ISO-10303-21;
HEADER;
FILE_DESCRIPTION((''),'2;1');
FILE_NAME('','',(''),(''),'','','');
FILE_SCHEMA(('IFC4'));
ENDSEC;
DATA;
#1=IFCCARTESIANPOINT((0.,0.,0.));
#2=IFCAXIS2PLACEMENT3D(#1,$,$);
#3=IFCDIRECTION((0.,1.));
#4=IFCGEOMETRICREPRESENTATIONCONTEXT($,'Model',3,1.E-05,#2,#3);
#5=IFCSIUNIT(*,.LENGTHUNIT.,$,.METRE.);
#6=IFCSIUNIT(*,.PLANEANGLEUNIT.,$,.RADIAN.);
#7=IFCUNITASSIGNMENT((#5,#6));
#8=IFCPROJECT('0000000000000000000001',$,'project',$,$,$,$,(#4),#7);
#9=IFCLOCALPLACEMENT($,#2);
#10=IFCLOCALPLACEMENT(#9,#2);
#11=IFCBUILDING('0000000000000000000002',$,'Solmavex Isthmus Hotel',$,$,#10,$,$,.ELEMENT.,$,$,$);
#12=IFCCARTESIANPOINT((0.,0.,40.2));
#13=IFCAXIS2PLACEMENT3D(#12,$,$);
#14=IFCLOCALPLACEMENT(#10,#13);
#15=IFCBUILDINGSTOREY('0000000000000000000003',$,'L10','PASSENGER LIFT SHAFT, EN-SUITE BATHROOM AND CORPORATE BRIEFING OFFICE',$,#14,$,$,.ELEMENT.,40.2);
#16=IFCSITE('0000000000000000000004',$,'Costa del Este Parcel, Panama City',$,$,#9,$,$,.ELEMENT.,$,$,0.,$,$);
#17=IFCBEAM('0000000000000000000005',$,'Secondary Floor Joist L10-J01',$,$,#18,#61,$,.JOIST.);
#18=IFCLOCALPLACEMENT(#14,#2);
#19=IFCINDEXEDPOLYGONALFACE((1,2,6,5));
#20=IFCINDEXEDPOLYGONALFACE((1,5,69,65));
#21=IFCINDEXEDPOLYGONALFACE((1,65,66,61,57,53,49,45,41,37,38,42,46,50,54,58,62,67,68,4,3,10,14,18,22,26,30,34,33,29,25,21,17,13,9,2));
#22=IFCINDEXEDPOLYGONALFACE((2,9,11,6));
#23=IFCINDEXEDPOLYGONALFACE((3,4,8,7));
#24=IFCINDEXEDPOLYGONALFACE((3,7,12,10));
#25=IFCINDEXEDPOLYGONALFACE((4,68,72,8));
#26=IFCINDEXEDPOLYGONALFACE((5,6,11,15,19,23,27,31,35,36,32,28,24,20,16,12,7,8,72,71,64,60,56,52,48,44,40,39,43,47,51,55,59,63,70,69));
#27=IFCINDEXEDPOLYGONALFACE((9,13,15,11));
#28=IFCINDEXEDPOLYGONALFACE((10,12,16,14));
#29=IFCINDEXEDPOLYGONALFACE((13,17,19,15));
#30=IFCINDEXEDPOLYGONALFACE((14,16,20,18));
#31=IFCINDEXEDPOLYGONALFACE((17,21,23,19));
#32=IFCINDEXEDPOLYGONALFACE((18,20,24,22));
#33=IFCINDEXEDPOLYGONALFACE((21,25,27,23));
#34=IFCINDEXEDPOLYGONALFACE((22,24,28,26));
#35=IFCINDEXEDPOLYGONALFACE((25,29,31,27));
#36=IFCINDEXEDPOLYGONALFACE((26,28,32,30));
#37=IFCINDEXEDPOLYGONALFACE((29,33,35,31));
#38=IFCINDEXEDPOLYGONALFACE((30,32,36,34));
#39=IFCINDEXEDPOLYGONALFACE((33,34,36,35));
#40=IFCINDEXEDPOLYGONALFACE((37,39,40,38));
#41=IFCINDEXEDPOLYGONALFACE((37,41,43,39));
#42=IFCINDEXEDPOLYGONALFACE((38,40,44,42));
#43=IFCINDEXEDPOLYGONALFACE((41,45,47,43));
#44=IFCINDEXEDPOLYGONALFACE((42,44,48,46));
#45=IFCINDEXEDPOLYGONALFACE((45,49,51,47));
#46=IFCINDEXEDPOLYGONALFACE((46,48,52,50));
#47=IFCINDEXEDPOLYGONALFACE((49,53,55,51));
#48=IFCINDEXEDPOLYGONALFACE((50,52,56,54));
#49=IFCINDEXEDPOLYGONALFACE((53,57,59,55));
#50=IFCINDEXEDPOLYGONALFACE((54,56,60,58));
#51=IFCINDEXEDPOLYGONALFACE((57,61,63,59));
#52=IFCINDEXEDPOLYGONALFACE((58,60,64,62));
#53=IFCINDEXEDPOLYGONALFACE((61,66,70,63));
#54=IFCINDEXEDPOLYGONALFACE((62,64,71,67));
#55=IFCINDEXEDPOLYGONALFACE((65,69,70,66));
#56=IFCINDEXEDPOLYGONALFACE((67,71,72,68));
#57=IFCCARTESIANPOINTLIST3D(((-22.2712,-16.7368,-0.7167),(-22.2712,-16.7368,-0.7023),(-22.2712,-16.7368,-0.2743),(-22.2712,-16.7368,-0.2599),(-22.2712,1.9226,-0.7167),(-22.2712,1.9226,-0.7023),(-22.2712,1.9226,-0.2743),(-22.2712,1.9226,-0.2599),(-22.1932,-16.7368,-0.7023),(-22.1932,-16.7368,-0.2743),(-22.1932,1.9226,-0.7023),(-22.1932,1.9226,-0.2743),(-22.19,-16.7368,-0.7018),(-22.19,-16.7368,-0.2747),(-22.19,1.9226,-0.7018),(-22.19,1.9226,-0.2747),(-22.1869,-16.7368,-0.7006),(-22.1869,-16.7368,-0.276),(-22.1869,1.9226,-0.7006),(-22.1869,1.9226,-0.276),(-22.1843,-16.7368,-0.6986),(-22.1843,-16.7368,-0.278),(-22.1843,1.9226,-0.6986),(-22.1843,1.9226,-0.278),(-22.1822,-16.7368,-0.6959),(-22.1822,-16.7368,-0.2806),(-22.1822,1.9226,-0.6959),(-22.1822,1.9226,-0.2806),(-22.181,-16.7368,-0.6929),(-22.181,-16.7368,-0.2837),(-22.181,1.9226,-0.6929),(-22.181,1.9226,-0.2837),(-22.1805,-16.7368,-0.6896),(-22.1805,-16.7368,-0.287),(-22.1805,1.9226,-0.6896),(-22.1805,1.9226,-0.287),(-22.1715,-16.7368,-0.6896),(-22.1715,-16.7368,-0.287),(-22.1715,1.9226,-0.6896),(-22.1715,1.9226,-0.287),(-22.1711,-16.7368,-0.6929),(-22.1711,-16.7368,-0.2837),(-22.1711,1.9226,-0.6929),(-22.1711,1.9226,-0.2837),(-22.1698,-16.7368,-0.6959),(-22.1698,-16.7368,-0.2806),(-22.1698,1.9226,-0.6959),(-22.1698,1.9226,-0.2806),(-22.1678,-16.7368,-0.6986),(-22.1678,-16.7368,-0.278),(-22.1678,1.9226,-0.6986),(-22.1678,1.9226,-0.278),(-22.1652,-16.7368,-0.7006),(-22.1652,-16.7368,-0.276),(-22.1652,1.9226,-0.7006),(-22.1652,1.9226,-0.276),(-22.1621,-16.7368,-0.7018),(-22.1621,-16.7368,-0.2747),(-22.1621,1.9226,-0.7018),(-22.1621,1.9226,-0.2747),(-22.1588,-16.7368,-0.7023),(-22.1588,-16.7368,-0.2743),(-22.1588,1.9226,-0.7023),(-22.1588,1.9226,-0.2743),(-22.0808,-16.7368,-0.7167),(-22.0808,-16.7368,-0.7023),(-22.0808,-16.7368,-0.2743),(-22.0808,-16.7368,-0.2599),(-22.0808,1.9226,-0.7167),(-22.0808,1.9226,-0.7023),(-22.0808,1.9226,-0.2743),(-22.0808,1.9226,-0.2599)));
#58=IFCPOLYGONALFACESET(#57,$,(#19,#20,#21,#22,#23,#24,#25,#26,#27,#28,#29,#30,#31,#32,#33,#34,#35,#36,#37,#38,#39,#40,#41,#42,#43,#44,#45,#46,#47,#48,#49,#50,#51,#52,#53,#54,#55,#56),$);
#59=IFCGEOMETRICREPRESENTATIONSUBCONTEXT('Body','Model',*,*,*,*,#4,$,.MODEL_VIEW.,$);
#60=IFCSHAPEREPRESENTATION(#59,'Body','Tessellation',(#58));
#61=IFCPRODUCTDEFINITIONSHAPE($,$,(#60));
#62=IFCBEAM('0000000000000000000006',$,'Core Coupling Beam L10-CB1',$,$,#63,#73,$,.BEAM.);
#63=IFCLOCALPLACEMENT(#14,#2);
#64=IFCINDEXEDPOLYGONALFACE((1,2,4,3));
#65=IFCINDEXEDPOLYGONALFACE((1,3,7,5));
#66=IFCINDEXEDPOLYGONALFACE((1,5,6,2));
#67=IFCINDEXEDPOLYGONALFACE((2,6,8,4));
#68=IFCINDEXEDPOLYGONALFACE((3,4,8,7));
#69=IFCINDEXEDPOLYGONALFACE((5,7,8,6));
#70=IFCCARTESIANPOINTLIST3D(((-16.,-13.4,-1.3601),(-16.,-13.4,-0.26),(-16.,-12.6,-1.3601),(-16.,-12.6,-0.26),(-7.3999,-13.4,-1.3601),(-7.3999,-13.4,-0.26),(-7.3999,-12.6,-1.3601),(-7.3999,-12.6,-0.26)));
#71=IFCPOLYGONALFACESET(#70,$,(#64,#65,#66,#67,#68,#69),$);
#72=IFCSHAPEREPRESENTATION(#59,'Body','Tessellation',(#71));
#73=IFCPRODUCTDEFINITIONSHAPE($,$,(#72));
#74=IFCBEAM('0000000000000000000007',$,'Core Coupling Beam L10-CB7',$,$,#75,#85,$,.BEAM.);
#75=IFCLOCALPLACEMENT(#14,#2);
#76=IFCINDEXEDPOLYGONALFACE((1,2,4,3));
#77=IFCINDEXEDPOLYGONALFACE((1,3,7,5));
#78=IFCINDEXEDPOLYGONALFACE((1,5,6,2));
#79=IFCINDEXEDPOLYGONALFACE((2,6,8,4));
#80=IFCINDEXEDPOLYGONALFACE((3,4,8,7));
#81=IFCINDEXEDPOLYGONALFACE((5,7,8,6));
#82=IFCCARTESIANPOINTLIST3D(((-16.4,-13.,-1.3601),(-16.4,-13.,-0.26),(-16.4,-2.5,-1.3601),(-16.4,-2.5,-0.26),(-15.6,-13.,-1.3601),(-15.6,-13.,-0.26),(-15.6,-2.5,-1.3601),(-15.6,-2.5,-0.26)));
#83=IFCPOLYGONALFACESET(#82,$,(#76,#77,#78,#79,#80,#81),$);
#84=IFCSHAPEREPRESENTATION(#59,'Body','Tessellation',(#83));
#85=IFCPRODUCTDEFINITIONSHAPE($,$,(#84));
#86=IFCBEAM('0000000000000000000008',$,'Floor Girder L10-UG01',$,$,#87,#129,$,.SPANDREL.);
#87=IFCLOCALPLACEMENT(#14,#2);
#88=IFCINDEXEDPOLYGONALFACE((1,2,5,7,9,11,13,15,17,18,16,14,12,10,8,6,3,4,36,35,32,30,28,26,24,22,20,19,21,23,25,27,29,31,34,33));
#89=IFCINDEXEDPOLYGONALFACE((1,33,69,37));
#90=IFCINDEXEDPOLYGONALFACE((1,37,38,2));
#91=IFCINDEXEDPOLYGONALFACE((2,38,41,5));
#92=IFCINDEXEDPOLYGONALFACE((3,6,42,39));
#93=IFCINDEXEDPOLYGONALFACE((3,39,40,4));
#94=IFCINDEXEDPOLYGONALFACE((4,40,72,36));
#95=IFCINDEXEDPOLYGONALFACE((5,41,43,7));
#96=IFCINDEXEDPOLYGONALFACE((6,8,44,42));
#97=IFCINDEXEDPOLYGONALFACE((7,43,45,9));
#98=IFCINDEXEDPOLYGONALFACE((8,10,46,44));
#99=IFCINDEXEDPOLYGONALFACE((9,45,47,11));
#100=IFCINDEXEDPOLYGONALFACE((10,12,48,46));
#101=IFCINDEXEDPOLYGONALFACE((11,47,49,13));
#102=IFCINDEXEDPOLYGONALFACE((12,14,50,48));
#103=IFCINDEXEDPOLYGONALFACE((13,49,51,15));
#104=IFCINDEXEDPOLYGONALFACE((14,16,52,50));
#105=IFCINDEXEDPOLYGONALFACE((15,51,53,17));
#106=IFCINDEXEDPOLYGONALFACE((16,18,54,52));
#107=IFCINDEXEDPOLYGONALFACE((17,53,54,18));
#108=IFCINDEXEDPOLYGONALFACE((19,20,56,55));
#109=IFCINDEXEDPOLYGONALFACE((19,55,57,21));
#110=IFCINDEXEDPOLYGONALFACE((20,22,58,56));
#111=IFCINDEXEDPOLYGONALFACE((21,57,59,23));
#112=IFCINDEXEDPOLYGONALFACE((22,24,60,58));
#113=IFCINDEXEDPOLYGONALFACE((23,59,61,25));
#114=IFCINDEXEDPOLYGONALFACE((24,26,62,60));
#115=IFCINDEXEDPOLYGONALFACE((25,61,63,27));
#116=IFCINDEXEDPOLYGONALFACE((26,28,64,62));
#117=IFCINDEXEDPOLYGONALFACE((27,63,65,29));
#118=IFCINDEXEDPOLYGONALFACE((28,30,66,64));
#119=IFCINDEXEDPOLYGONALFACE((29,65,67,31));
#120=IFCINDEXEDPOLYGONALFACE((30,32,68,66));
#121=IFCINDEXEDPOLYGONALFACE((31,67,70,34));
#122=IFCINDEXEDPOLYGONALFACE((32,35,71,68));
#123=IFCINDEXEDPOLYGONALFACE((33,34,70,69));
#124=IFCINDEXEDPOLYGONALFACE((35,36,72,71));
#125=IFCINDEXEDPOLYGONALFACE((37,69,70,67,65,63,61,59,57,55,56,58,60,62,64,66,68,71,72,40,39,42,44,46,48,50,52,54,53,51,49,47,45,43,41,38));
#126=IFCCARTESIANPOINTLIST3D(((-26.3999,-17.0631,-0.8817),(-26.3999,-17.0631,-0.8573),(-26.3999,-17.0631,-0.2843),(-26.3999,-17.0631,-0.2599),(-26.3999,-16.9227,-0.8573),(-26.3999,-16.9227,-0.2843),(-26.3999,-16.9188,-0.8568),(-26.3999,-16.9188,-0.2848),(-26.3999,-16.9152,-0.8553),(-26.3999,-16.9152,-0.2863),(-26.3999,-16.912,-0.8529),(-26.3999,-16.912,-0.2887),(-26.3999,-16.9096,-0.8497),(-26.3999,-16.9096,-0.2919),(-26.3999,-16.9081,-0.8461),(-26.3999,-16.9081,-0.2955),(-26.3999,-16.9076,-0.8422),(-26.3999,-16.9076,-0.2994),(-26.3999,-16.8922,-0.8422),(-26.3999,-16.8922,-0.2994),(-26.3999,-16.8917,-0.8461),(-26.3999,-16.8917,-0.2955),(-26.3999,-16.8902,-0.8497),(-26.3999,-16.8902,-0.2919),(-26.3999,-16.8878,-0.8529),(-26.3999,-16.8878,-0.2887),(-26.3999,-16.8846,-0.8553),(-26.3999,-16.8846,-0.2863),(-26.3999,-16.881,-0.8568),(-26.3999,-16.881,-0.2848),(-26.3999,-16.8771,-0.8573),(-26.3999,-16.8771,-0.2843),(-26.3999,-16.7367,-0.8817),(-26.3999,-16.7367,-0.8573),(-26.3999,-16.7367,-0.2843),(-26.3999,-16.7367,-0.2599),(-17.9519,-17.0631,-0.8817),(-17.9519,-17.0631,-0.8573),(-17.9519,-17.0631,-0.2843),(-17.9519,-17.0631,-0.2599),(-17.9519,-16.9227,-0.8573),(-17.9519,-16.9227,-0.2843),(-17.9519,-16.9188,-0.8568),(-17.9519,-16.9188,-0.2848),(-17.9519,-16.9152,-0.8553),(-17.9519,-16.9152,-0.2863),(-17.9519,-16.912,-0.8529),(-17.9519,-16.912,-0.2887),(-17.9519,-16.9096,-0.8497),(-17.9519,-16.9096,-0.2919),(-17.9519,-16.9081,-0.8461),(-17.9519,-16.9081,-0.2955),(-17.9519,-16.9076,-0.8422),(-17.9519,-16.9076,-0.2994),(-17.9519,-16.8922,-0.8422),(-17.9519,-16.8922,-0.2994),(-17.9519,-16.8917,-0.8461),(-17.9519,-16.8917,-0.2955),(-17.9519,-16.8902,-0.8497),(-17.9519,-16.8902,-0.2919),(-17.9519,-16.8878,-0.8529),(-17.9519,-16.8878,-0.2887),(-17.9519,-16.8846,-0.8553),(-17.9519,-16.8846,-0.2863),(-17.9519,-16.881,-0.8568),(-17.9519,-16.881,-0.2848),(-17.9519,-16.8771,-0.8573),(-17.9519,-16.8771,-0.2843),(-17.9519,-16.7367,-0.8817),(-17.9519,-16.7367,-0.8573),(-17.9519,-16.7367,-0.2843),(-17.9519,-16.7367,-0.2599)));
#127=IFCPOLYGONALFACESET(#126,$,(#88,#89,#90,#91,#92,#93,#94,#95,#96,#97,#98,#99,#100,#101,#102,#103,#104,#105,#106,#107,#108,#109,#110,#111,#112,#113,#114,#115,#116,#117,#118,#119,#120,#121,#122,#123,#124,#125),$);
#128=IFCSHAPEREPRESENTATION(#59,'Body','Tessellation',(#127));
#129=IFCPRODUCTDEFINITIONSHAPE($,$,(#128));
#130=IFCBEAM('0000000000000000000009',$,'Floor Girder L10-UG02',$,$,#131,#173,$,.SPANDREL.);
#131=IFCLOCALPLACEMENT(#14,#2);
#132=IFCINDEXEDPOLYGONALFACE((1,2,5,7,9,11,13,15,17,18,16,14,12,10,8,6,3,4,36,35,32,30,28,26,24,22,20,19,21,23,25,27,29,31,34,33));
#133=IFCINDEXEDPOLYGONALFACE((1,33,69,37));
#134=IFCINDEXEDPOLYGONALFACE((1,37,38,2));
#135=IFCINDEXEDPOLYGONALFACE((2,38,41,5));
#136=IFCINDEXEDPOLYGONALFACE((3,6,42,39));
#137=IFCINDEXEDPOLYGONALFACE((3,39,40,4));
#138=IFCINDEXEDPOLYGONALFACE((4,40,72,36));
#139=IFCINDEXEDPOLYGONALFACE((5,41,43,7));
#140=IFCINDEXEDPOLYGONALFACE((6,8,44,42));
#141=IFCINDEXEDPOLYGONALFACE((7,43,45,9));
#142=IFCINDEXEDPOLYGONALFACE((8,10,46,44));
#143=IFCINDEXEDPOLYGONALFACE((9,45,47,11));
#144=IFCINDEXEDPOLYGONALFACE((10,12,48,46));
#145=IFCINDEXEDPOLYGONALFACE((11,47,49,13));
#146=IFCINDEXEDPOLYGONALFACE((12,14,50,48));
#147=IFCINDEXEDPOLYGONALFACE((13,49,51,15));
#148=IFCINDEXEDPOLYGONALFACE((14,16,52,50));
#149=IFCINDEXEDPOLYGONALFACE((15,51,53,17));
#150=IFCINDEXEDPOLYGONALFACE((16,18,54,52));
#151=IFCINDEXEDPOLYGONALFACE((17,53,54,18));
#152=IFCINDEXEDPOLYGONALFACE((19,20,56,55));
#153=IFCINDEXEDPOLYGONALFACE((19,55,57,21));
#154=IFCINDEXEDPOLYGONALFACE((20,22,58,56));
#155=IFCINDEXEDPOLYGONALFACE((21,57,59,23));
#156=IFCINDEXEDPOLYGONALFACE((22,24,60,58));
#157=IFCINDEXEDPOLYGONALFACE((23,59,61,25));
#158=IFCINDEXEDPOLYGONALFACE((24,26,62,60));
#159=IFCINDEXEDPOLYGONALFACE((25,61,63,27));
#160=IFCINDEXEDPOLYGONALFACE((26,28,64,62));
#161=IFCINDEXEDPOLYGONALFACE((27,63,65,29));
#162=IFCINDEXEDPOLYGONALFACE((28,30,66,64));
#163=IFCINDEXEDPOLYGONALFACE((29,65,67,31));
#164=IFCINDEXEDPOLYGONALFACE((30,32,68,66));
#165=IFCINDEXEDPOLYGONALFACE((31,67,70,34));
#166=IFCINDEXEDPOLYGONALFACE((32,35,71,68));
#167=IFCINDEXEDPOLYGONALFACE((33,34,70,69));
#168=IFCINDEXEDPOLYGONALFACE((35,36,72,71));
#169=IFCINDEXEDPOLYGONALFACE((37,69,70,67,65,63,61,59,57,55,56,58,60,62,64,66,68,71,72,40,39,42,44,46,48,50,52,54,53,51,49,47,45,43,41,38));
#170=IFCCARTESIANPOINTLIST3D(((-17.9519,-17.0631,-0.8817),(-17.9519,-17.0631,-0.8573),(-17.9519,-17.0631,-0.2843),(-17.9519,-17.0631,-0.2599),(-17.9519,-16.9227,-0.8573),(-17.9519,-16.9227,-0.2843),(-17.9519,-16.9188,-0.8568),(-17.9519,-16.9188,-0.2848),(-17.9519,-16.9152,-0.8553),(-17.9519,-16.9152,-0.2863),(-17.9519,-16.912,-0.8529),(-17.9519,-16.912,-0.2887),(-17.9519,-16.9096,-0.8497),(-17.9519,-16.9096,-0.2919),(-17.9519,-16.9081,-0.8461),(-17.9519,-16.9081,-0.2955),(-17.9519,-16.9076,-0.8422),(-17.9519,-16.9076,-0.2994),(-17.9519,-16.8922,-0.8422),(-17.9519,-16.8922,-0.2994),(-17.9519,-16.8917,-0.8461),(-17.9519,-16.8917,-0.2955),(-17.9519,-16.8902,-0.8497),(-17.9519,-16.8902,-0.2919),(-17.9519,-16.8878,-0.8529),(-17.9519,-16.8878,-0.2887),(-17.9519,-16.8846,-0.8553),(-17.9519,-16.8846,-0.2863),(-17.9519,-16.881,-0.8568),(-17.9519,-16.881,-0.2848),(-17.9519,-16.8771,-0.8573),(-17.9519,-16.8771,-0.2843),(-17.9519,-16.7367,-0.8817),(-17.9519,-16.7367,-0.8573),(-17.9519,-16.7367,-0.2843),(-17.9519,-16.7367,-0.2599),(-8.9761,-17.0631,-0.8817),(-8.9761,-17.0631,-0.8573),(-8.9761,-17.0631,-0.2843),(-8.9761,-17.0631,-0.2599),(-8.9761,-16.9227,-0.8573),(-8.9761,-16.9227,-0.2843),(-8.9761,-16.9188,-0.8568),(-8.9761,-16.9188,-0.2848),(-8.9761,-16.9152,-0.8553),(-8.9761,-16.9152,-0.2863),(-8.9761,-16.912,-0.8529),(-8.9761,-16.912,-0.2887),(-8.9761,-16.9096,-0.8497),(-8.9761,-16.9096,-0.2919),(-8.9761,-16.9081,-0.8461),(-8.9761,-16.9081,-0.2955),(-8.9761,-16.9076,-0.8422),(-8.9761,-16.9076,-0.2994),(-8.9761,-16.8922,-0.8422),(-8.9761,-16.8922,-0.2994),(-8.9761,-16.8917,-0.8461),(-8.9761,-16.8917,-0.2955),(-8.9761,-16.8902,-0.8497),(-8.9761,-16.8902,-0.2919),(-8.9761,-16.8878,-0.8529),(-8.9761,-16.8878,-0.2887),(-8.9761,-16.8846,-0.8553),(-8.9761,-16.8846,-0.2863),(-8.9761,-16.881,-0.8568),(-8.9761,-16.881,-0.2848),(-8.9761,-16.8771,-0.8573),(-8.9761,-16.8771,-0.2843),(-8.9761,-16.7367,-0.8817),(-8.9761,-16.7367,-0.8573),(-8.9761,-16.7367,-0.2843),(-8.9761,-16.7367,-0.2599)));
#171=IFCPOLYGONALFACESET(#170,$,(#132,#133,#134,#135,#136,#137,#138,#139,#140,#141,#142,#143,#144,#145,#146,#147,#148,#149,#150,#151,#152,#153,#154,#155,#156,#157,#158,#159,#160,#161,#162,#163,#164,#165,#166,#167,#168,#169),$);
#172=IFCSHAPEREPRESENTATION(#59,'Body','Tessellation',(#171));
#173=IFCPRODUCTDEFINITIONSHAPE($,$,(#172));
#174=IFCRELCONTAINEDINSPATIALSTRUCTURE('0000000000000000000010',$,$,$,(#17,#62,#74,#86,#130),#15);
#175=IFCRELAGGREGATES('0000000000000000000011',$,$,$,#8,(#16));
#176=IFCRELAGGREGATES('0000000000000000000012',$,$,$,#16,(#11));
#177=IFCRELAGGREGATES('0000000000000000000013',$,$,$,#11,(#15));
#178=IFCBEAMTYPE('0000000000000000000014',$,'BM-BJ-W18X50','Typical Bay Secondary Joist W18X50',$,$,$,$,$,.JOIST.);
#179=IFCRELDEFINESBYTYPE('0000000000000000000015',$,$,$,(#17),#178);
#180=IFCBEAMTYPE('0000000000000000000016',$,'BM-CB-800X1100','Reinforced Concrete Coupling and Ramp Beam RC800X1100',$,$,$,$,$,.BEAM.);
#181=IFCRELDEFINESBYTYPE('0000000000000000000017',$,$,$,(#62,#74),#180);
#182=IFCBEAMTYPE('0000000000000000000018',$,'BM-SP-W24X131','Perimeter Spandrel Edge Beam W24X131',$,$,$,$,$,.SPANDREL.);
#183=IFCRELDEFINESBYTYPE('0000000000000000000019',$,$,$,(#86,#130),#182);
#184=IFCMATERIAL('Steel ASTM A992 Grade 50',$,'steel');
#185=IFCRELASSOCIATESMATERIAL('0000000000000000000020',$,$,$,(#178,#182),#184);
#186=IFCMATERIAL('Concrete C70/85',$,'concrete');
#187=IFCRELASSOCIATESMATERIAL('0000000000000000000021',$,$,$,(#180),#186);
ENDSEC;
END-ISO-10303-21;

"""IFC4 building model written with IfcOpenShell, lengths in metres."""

from ifc_helpers import new_model, si_unit, direction, frame, origin, origin_2d, place, context, subcontext, project, spatial, rectangle, i_section, extrude, material, material_profile, profile_set, type_object, element, save


model = new_model("IFC4")

# Units and contexts
model_context = context("Model", 3, precision=1e-05, world=origin(), true_north=direction((0.0, 1.0)))
body_context = subcontext(model_context, "Body", "Model", "MODEL_VIEW")
ifc_project = project(units=[si_unit("LENGTHUNIT", "METRE"), si_unit("PLANEANGLEUNIT", "RADIAN")], contexts=[model_context])

# Site, building, storey
site_placement = place(None, origin())
site = spatial("IfcSite", under=ifc_project, at=site_placement, Name="Costa del Este Parcel, Panama City", CompositionType="ELEMENT", RefElevation=0.0)
building_placement = place(site_placement, origin())
building = spatial("IfcBuilding", under=site, at=building_placement, Name="Solmavex Isthmus Hotel", CompositionType="ELEMENT")
storey_placement = place(building_placement, frame((0.0, 0.0, 40.2)))
storey = spatial("IfcBuildingStorey", under=building, at=storey_placement, Name="L10", Description="PASSENGER LIFT SHAFT, EN-SUITE BATHROOM AND CORPORATE BRIEFING OFFICE", CompositionType="ELEMENT", Elevation=40.2)

# Shared definitions
ifc_material_1 = material(Name="Concrete C70/85", Category="concrete")

# Beams
ifc_material_2 = material(Name="Steel ASTM A992 Grade 50", Category="steel")
ifc_material_profile_1 = material_profile(ifc_material_2, i_section(OverallWidth=0.1904, OverallDepth=0.4568, WebThickness=0.009, FlangeThickness=0.0144, FilletRadius=0.0127, at=origin_2d()), Name="W18X50")
ifc_profile_set_1 = profile_set([ifc_material_profile_1], Name="Steel ASTM A992 Grade 50")
beam_type_1 = type_object("IfcBeamType", Name="BM-BJ-W18X50", Description="Typical Bay Secondary Joist W18X50", PredefinedType="JOIST", material=ifc_profile_set_1)
beam_1_placement = place(storey_placement, frame((-22.176, -16.7368, -0.4883), z_axis=(0.0, 1.0, 0.0), x_axis=(-1.0, 0.0, 0.0)))
element("IfcBeam", 1, at=beam_1_placement, inside=storey, type_object=beam_type_1, Name="Secondary Floor Joist L10-J01", PredefinedType="JOIST", context=body_context, shape_type="SweptSolid", body=[
    extrude(i_section(OverallWidth=0.1904, OverallDepth=0.4568, WebThickness=0.009, FlangeThickness=0.0144, FilletRadius=0.0127, at=origin_2d()), origin(), (0.0, 0.0, 1.0), 18.6594),
])
ifc_material_profile_2 = material_profile(ifc_material_1, rectangle(XDim=0.8, YDim=1.1001, at=origin_2d()), Name="RC800X1100")
ifc_profile_set_2 = profile_set([ifc_material_profile_2], Name="Concrete C70/85")
beam_type_2 = type_object("IfcBeamType", Name="BM-CB-800X1100", Description="Reinforced Concrete Coupling and Ramp Beam RC800X1100", PredefinedType="BEAM", material=ifc_profile_set_2)
beam_2_placement = place(storey_placement, frame((-16.0, -13.0, -0.8101), z_axis=(1.0, 0.0, 0.0), x_axis=(0.0, 1.0, 0.0)))
element("IfcBeam", 2, at=beam_2_placement, inside=storey, type_object=beam_type_2, Name="Core Coupling Beam L10-CB1", PredefinedType="BEAM", context=body_context, shape_type="SweptSolid", body=[
    extrude(rectangle(XDim=0.8, YDim=1.1001, at=origin_2d()), origin(), (0.0, 0.0, 1.0), 8.6001),
])
beam_3_placement = place(storey_placement, frame((-16.0, -13.0, -0.8101), z_axis=(0.0, 1.0, 0.0), x_axis=(-1.0, 0.0, 0.0)))
element("IfcBeam", 3, at=beam_3_placement, inside=storey, type_object=beam_type_2, Name="Core Coupling Beam L10-CB7", PredefinedType="BEAM", context=body_context, shape_type="SweptSolid", body=[
    extrude(rectangle(XDim=0.8, YDim=1.1001, at=origin_2d()), origin(), (0.0, 0.0, 1.0), 10.5),
])
ifc_material_profile_3 = material_profile(ifc_material_2, i_section(OverallWidth=0.3264, OverallDepth=0.6218, WebThickness=0.0154, FlangeThickness=0.0244, FilletRadius=0.0151, at=origin_2d()), Name="W24X131")
ifc_profile_set_3 = profile_set([ifc_material_profile_3], Name="Steel ASTM A992 Grade 50")
beam_type_3 = type_object("IfcBeamType", Name="BM-SP-W24X131", Description="Perimeter Spandrel Edge Beam W24X131", PredefinedType="SPANDREL", material=ifc_profile_set_3)
beam_4_placement = place(storey_placement, frame((-26.3999, -16.8999, -0.5708), z_axis=(1.0, 0.0, 0.0), x_axis=(0.0, 1.0, 0.0)))
element("IfcBeam", 4, at=beam_4_placement, inside=storey, type_object=beam_type_3, Name="Floor Girder L10-UG01", PredefinedType="SPANDREL", context=body_context, shape_type="SweptSolid", body=[
    extrude(i_section(OverallWidth=0.3264, OverallDepth=0.6218, WebThickness=0.0154, FlangeThickness=0.0244, FilletRadius=0.0151, at=origin_2d()), origin(), (0.0, 0.0, 1.0), 8.448),
])
beam_5_placement = place(storey_placement, frame((-17.9519, -16.8999, -0.5708), z_axis=(1.0, 0.0, 0.0), x_axis=(0.0, 1.0, 0.0)))
element("IfcBeam", 5, at=beam_5_placement, inside=storey, type_object=beam_type_3, Name="Floor Girder L10-UG02", PredefinedType="SPANDREL", context=body_context, shape_type="SweptSolid", body=[
    extrude(i_section(OverallWidth=0.3264, OverallDepth=0.6218, WebThickness=0.0154, FlangeThickness=0.0244, FilletRadius=0.0151, at=origin_2d()), origin(), (0.0, 0.0, 1.0), 8.9758),
])

save(model, "model.ifc")
